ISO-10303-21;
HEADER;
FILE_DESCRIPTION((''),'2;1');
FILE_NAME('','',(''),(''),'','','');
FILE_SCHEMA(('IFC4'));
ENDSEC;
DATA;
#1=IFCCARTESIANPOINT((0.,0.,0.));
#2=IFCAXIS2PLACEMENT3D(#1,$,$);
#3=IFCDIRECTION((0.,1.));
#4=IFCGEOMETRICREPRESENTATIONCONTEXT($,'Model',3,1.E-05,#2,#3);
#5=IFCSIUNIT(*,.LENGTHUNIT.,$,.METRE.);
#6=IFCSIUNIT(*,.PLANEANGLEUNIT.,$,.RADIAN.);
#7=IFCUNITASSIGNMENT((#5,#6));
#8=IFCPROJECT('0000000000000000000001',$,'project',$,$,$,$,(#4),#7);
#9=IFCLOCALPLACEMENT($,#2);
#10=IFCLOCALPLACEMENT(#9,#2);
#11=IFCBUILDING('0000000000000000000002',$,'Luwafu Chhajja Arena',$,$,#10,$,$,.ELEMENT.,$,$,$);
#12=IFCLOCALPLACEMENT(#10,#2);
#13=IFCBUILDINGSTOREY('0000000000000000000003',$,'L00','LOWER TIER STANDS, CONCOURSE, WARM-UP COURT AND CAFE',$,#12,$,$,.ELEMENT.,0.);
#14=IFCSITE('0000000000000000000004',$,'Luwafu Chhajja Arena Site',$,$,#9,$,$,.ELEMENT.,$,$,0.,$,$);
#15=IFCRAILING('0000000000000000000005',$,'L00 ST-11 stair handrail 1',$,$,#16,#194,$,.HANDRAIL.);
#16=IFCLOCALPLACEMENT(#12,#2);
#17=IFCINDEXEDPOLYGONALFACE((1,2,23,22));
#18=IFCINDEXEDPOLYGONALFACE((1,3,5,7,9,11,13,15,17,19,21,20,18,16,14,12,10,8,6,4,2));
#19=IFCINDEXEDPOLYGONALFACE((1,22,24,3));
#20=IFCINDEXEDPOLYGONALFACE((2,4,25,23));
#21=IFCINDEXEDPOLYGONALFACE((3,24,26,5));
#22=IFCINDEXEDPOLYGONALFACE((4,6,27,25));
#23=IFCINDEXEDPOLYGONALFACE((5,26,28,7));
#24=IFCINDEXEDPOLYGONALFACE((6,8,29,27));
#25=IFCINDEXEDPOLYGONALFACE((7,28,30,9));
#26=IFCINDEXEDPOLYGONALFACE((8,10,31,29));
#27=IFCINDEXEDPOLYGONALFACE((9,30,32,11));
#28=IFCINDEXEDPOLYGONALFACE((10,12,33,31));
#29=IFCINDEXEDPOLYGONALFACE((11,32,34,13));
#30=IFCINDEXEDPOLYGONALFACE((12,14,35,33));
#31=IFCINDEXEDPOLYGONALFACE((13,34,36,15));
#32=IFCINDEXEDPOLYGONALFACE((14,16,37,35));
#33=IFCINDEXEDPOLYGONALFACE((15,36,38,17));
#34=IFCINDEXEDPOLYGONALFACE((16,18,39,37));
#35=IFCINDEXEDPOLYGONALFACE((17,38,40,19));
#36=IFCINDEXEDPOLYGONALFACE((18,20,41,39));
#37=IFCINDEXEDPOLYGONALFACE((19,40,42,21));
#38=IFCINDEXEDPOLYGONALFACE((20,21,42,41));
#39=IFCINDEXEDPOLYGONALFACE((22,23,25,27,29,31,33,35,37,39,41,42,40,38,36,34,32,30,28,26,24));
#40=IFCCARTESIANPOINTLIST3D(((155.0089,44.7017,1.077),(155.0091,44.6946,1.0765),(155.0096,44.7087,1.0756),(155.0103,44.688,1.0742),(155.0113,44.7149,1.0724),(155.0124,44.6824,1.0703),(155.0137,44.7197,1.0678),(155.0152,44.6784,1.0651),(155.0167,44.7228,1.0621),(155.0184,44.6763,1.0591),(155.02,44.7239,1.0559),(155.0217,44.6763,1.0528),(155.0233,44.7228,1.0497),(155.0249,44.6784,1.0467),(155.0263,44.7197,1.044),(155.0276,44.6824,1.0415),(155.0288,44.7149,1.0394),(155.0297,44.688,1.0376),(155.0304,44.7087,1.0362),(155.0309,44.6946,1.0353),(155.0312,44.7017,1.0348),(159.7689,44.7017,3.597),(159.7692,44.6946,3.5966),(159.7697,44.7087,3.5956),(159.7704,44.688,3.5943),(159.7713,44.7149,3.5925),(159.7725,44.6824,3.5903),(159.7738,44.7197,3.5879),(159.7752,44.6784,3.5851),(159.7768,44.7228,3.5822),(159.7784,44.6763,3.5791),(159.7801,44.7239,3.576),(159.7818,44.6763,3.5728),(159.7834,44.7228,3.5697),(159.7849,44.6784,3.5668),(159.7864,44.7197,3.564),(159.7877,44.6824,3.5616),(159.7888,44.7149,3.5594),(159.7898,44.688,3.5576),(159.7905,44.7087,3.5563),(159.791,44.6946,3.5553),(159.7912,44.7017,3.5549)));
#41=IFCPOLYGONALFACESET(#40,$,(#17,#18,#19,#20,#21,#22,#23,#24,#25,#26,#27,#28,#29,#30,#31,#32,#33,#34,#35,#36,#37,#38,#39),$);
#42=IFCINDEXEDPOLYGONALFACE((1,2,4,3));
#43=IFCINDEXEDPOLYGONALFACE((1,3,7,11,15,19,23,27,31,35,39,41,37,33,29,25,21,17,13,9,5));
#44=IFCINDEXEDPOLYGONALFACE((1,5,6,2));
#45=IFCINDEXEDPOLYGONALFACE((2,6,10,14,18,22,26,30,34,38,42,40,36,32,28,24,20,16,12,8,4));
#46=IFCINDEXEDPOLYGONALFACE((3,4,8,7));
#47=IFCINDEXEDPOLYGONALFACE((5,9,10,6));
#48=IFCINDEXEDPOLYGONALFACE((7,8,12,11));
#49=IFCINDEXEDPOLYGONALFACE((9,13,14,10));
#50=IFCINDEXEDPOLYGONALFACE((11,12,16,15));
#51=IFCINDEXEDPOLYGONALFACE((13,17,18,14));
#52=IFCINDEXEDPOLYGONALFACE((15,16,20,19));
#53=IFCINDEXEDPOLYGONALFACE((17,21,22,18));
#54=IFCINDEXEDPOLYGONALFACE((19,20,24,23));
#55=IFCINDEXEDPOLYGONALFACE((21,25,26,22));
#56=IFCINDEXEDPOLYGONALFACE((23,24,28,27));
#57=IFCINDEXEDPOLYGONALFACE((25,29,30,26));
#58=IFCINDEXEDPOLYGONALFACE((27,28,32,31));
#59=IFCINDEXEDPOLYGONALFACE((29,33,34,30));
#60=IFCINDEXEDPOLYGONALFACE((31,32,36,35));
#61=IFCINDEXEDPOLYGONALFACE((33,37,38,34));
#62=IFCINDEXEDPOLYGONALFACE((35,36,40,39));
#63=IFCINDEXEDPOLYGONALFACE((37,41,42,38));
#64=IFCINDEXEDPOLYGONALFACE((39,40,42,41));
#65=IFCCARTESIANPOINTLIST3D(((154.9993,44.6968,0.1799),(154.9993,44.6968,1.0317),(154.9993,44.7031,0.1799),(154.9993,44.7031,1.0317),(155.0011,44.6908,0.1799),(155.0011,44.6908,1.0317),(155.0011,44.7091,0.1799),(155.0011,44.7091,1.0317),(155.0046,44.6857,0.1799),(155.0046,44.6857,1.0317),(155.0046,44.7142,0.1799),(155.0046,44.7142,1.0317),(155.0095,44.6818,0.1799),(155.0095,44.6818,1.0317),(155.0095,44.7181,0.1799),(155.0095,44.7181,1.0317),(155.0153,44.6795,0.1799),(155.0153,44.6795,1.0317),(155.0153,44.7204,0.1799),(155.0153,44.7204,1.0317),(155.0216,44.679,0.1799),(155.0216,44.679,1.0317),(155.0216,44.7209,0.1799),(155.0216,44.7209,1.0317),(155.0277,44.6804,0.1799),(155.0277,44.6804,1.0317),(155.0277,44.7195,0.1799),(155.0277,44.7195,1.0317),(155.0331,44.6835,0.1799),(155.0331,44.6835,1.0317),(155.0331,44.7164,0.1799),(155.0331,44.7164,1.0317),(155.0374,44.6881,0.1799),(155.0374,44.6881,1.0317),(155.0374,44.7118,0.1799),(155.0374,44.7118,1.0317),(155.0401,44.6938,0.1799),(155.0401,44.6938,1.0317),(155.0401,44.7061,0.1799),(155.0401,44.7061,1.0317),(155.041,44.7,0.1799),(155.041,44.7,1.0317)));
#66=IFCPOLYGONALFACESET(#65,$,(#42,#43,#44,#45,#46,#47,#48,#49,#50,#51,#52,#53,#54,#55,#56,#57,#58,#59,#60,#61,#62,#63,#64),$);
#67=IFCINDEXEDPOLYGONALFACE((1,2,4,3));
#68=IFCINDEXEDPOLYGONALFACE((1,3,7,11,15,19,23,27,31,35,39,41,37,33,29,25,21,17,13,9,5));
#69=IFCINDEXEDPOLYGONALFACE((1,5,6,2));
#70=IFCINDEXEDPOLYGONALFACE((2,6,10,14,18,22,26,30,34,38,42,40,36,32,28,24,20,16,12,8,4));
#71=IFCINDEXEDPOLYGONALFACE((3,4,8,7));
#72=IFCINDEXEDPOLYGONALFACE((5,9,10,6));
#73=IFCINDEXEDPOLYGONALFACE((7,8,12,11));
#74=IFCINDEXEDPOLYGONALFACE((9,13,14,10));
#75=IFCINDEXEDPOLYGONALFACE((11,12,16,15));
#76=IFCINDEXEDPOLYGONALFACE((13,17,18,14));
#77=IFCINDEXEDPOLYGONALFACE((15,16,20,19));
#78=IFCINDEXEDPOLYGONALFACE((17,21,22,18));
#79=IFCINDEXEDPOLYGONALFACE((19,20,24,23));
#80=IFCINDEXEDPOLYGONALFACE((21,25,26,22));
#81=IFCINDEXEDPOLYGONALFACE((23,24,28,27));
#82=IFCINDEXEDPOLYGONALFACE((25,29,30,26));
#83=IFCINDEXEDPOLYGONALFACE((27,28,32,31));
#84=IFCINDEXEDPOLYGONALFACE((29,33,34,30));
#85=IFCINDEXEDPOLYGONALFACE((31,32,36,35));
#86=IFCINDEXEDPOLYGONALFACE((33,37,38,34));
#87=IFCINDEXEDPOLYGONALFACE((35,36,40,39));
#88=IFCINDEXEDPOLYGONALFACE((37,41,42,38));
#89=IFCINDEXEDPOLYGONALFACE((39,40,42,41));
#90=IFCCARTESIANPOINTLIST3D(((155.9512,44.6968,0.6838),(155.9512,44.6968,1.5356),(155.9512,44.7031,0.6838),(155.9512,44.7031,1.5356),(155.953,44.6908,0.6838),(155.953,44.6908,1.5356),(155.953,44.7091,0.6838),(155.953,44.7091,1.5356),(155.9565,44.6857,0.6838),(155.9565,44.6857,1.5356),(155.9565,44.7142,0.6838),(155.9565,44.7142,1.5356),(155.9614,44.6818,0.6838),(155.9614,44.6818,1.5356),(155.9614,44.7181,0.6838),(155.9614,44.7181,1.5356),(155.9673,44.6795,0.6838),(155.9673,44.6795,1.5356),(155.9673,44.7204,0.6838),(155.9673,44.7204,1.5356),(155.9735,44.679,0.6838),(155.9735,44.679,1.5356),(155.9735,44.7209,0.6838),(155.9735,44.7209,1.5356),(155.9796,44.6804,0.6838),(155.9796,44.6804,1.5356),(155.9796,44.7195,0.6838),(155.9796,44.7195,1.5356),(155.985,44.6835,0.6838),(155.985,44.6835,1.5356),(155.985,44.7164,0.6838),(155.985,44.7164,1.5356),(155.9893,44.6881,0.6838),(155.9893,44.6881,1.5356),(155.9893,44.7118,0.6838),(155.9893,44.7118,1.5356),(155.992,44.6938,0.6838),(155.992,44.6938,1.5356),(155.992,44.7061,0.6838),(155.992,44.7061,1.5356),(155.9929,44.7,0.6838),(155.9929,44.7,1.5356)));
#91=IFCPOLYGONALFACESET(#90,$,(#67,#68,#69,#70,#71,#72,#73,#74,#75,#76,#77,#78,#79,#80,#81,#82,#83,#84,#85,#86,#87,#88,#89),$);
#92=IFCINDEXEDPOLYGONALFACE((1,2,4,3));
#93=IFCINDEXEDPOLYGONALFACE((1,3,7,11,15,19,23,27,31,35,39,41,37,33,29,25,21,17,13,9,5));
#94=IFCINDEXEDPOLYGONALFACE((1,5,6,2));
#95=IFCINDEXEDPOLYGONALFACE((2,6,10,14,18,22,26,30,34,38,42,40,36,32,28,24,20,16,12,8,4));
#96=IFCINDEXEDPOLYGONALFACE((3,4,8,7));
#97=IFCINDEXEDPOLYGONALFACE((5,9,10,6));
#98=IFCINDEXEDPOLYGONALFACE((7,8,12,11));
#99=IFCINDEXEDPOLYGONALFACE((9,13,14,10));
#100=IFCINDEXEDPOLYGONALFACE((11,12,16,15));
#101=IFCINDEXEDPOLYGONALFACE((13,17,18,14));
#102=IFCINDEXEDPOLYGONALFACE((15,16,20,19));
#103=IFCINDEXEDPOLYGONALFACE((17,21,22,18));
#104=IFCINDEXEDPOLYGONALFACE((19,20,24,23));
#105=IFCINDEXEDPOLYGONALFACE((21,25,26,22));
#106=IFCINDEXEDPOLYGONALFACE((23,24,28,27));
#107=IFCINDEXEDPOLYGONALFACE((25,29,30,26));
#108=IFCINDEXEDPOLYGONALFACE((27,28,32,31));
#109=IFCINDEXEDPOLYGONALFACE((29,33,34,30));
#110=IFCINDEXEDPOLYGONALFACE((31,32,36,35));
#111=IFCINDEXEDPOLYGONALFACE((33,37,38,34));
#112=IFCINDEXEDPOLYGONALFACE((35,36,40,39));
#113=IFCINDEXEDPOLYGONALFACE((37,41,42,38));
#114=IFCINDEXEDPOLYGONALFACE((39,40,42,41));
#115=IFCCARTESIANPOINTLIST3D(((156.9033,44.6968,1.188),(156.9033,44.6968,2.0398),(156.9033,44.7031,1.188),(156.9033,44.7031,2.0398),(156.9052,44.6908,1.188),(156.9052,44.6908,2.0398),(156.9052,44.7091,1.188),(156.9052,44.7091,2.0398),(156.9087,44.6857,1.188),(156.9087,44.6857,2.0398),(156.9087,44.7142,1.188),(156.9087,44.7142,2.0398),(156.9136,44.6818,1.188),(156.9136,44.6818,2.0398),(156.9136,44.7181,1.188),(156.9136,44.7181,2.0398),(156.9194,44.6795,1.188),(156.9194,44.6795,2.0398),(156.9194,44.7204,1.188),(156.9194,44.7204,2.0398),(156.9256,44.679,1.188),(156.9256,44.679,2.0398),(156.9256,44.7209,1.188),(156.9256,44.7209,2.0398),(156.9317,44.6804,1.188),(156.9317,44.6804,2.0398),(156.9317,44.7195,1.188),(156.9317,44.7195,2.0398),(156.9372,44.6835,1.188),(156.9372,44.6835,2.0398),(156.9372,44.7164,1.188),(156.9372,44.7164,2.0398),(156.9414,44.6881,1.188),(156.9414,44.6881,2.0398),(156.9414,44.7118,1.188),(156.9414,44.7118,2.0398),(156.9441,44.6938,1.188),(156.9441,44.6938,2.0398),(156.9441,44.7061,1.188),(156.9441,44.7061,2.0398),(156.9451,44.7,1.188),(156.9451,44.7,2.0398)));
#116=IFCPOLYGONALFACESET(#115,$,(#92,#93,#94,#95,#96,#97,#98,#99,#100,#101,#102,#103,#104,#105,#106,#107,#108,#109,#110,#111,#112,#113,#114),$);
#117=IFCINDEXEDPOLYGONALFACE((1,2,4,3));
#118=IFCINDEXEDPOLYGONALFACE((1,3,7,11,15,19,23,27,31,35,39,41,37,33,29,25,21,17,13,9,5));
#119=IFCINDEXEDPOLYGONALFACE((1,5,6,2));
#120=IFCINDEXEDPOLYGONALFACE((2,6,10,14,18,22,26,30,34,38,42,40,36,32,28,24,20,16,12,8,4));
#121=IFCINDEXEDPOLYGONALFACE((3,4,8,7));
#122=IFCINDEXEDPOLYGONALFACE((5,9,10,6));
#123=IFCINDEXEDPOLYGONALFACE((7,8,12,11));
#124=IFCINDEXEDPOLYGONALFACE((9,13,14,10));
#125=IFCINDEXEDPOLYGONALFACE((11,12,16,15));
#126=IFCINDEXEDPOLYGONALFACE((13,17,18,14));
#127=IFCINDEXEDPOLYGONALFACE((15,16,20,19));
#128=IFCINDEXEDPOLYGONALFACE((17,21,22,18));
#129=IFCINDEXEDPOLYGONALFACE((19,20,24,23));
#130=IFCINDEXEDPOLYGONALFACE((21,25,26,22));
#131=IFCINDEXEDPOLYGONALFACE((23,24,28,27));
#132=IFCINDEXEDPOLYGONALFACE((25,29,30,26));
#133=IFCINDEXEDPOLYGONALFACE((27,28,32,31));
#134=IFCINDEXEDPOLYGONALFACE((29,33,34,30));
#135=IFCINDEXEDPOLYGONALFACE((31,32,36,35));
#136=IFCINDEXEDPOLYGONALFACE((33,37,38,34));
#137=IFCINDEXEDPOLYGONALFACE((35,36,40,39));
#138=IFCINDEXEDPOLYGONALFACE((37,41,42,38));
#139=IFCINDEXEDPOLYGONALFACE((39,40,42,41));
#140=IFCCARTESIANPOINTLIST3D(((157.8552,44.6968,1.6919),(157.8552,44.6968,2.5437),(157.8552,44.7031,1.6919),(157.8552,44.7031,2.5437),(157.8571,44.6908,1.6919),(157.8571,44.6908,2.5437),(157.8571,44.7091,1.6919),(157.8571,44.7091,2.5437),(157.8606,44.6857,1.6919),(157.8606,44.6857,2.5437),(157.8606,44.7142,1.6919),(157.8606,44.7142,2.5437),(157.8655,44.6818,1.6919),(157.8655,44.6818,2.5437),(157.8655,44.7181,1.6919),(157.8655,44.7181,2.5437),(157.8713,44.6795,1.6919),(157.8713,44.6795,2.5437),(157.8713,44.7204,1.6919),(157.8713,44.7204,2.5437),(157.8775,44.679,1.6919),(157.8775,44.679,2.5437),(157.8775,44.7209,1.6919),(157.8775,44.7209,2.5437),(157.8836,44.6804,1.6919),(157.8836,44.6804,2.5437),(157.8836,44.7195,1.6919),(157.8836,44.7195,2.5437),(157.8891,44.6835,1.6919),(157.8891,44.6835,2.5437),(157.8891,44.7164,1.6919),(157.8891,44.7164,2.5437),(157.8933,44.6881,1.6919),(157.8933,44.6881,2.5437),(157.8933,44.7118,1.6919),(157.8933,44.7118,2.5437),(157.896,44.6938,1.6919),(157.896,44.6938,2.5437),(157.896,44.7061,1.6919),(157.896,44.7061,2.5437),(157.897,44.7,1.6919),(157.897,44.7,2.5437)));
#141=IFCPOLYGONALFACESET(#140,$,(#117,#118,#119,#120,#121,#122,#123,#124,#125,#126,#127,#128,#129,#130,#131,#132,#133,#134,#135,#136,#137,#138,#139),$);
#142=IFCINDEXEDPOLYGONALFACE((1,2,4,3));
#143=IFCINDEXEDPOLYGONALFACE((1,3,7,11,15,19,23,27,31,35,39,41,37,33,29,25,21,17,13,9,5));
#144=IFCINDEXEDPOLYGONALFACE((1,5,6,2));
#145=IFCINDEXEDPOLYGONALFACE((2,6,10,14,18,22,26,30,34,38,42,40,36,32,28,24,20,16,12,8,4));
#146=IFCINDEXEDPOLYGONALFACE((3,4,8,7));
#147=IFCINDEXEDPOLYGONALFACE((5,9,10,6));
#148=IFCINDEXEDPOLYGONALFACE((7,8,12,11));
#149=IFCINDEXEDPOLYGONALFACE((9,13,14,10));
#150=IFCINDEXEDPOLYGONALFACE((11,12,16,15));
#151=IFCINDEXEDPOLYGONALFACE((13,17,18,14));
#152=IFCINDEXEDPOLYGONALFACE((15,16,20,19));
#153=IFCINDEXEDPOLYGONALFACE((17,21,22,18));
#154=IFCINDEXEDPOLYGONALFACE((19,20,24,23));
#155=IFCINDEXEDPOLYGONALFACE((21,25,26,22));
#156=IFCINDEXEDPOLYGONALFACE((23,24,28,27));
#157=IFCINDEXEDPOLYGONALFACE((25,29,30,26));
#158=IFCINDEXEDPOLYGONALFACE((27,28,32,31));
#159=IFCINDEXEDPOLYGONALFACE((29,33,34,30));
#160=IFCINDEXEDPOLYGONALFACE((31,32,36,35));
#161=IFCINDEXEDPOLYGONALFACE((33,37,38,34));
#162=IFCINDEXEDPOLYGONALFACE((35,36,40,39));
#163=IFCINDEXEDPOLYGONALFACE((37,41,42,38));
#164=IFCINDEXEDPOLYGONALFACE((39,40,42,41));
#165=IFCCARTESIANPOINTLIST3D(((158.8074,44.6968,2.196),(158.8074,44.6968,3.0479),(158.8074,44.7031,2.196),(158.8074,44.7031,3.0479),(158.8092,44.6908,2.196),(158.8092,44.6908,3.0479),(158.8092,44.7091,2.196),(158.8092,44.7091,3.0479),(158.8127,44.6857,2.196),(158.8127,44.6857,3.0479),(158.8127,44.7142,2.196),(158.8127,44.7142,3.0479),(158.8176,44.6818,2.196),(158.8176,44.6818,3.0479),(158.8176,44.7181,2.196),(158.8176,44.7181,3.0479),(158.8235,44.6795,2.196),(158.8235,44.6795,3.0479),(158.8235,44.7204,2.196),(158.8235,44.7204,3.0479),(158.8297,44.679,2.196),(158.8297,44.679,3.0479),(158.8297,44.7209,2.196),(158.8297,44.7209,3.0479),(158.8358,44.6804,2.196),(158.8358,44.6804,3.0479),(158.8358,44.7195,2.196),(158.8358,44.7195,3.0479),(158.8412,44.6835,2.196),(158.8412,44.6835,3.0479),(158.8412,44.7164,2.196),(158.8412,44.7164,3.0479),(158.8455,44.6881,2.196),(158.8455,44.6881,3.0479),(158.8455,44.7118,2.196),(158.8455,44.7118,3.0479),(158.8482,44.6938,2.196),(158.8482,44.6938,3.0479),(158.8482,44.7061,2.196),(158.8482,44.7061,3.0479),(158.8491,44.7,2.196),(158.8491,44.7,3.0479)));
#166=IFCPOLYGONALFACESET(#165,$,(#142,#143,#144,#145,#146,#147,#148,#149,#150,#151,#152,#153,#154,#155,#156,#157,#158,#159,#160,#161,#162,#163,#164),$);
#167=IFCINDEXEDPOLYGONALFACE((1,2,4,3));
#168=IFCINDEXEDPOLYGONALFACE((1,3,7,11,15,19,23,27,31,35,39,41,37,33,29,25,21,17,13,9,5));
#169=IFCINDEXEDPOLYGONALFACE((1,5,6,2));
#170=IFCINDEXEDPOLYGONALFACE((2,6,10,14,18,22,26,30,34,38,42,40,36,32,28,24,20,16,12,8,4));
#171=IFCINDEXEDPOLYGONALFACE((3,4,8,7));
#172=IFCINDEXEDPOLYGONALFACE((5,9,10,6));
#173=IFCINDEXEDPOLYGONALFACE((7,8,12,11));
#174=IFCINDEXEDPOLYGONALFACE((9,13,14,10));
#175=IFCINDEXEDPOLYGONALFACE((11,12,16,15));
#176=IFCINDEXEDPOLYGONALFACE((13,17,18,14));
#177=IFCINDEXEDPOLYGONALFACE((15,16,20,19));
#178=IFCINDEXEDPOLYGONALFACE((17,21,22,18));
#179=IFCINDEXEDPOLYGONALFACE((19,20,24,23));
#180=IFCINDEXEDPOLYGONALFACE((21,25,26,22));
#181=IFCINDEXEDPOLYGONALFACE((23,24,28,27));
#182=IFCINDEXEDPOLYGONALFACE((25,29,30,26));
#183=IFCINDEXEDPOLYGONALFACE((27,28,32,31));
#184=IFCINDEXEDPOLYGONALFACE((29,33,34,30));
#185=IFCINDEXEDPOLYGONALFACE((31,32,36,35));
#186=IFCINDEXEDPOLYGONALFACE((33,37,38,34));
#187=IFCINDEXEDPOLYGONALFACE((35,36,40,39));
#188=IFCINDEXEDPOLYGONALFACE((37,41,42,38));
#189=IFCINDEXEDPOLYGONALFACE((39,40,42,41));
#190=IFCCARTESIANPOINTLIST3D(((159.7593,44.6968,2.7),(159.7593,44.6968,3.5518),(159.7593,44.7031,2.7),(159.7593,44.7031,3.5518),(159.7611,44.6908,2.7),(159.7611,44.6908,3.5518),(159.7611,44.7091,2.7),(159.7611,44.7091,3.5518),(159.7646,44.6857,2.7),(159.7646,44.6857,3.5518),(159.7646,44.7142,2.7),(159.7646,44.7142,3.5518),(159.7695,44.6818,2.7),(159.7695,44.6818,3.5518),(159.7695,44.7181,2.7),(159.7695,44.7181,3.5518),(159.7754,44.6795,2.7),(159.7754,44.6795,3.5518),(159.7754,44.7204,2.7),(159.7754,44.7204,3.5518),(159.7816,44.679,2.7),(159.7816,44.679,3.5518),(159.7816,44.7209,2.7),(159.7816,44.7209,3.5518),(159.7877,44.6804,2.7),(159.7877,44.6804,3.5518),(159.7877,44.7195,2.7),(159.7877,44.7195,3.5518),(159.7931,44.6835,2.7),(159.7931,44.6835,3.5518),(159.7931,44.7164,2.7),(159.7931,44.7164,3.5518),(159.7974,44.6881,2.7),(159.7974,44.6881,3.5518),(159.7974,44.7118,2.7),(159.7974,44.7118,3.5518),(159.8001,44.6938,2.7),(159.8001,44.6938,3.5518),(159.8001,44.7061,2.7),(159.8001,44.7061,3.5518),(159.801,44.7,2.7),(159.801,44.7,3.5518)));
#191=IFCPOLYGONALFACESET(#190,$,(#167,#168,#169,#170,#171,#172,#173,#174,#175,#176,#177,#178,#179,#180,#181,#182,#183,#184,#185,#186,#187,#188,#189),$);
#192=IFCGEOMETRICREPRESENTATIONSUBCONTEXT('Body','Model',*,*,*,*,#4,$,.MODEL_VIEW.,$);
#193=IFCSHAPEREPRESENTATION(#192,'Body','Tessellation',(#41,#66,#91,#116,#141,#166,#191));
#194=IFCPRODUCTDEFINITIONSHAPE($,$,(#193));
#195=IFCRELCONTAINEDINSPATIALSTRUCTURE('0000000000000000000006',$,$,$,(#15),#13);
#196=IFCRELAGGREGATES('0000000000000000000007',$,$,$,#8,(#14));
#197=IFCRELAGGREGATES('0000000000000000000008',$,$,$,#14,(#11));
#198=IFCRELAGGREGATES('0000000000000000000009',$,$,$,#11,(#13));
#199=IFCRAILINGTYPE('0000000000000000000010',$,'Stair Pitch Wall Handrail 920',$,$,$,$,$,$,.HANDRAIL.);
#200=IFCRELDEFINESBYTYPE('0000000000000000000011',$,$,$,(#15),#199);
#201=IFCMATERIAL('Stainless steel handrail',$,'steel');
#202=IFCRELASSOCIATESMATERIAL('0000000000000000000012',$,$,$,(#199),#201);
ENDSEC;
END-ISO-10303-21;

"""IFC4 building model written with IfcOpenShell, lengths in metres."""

from ifc_helpers import new_model, si_unit, direction, frame, origin, origin_2d, place, context, subcontext, project, spatial, circle, extrude, material, type_object, element, save


model = new_model("IFC4")

# Units and contexts
model_context = context("Model", 3, precision=1e-05, world=origin(), true_north=direction((0.0, 1.0)))
body_context = subcontext(model_context, "Body", "Model", "MODEL_VIEW")
ifc_project = project(units=[si_unit("LENGTHUNIT", "METRE"), si_unit("PLANEANGLEUNIT", "RADIAN")], contexts=[model_context])

# Site, building, storey
site_placement = place(None, origin())
site = spatial("IfcSite", under=ifc_project, at=site_placement, Name="Luwafu Chhajja Arena Site", CompositionType="ELEMENT", RefElevation=0.0)
building_placement = place(site_placement, origin())
building = spatial("IfcBuilding", under=site, at=building_placement, Name="Luwafu Chhajja Arena", CompositionType="ELEMENT")
storey_placement = place(building_placement, origin())
storey = spatial("IfcBuildingStorey", under=building, at=storey_placement, Name="L00", Description="LOWER TIER STANDS, CONCOURSE, WARM-UP COURT AND CAFE", CompositionType="ELEMENT", Elevation=0.0)

# Railing
ifc_material_1 = material(Name="Stainless steel handrail", Category="steel")
railing_type_1 = type_object("IfcRailingType", Name="Stair Pitch Wall Handrail 920", PredefinedType="HANDRAIL", material=ifc_material_1)
railing_1_placement = place(storey_placement, frame((155.02, 44.7, 0.1799)))
element("IfcRailing", 1, at=railing_1_placement, inside=storey, type_object=railing_type_1, Name="L00 ST-11 stair handrail 1", PredefinedType="HANDRAIL", context=body_context, shape_type="SweptSolid", body=[
    extrude(circle(Radius=0.0239, at=origin_2d()), frame((0.0, 0.0, 0.876), z_axis=(0.883787, 0.0, 0.46789), x_axis=(0.0, 1.0, 0.0)), (0.0, 0.0, 1.0), 5.386),
    extrude(circle(Radius=0.021, at=origin_2d()), origin(), (0.0, 0.0, 1.0), 0.8518),
    extrude(circle(Radius=0.021, at=origin_2d()), frame((0.9519, 0.0, 0.5039)), (0.0, 0.0, 1.0), 0.8518),
    extrude(circle(Radius=0.021, at=origin_2d()), frame((1.9041, 0.0, 1.0081)), (0.0, 0.0, 1.0), 0.8518),
    extrude(circle(Radius=0.021, at=origin_2d()), frame((2.856, 0.0, 1.512)), (0.0, 0.0, 1.0), 0.8518),
    extrude(circle(Radius=0.021, at=origin_2d()), frame((3.8081, 0.0, 2.0161)), (0.0, 0.0, 1.0), 0.8518),
    extrude(circle(Radius=0.021, at=origin_2d()), frame((4.76, 0.0, 2.52)), (0.0, 0.0, 1.0), 0.8518),
])

save(model, "model.ifc")
